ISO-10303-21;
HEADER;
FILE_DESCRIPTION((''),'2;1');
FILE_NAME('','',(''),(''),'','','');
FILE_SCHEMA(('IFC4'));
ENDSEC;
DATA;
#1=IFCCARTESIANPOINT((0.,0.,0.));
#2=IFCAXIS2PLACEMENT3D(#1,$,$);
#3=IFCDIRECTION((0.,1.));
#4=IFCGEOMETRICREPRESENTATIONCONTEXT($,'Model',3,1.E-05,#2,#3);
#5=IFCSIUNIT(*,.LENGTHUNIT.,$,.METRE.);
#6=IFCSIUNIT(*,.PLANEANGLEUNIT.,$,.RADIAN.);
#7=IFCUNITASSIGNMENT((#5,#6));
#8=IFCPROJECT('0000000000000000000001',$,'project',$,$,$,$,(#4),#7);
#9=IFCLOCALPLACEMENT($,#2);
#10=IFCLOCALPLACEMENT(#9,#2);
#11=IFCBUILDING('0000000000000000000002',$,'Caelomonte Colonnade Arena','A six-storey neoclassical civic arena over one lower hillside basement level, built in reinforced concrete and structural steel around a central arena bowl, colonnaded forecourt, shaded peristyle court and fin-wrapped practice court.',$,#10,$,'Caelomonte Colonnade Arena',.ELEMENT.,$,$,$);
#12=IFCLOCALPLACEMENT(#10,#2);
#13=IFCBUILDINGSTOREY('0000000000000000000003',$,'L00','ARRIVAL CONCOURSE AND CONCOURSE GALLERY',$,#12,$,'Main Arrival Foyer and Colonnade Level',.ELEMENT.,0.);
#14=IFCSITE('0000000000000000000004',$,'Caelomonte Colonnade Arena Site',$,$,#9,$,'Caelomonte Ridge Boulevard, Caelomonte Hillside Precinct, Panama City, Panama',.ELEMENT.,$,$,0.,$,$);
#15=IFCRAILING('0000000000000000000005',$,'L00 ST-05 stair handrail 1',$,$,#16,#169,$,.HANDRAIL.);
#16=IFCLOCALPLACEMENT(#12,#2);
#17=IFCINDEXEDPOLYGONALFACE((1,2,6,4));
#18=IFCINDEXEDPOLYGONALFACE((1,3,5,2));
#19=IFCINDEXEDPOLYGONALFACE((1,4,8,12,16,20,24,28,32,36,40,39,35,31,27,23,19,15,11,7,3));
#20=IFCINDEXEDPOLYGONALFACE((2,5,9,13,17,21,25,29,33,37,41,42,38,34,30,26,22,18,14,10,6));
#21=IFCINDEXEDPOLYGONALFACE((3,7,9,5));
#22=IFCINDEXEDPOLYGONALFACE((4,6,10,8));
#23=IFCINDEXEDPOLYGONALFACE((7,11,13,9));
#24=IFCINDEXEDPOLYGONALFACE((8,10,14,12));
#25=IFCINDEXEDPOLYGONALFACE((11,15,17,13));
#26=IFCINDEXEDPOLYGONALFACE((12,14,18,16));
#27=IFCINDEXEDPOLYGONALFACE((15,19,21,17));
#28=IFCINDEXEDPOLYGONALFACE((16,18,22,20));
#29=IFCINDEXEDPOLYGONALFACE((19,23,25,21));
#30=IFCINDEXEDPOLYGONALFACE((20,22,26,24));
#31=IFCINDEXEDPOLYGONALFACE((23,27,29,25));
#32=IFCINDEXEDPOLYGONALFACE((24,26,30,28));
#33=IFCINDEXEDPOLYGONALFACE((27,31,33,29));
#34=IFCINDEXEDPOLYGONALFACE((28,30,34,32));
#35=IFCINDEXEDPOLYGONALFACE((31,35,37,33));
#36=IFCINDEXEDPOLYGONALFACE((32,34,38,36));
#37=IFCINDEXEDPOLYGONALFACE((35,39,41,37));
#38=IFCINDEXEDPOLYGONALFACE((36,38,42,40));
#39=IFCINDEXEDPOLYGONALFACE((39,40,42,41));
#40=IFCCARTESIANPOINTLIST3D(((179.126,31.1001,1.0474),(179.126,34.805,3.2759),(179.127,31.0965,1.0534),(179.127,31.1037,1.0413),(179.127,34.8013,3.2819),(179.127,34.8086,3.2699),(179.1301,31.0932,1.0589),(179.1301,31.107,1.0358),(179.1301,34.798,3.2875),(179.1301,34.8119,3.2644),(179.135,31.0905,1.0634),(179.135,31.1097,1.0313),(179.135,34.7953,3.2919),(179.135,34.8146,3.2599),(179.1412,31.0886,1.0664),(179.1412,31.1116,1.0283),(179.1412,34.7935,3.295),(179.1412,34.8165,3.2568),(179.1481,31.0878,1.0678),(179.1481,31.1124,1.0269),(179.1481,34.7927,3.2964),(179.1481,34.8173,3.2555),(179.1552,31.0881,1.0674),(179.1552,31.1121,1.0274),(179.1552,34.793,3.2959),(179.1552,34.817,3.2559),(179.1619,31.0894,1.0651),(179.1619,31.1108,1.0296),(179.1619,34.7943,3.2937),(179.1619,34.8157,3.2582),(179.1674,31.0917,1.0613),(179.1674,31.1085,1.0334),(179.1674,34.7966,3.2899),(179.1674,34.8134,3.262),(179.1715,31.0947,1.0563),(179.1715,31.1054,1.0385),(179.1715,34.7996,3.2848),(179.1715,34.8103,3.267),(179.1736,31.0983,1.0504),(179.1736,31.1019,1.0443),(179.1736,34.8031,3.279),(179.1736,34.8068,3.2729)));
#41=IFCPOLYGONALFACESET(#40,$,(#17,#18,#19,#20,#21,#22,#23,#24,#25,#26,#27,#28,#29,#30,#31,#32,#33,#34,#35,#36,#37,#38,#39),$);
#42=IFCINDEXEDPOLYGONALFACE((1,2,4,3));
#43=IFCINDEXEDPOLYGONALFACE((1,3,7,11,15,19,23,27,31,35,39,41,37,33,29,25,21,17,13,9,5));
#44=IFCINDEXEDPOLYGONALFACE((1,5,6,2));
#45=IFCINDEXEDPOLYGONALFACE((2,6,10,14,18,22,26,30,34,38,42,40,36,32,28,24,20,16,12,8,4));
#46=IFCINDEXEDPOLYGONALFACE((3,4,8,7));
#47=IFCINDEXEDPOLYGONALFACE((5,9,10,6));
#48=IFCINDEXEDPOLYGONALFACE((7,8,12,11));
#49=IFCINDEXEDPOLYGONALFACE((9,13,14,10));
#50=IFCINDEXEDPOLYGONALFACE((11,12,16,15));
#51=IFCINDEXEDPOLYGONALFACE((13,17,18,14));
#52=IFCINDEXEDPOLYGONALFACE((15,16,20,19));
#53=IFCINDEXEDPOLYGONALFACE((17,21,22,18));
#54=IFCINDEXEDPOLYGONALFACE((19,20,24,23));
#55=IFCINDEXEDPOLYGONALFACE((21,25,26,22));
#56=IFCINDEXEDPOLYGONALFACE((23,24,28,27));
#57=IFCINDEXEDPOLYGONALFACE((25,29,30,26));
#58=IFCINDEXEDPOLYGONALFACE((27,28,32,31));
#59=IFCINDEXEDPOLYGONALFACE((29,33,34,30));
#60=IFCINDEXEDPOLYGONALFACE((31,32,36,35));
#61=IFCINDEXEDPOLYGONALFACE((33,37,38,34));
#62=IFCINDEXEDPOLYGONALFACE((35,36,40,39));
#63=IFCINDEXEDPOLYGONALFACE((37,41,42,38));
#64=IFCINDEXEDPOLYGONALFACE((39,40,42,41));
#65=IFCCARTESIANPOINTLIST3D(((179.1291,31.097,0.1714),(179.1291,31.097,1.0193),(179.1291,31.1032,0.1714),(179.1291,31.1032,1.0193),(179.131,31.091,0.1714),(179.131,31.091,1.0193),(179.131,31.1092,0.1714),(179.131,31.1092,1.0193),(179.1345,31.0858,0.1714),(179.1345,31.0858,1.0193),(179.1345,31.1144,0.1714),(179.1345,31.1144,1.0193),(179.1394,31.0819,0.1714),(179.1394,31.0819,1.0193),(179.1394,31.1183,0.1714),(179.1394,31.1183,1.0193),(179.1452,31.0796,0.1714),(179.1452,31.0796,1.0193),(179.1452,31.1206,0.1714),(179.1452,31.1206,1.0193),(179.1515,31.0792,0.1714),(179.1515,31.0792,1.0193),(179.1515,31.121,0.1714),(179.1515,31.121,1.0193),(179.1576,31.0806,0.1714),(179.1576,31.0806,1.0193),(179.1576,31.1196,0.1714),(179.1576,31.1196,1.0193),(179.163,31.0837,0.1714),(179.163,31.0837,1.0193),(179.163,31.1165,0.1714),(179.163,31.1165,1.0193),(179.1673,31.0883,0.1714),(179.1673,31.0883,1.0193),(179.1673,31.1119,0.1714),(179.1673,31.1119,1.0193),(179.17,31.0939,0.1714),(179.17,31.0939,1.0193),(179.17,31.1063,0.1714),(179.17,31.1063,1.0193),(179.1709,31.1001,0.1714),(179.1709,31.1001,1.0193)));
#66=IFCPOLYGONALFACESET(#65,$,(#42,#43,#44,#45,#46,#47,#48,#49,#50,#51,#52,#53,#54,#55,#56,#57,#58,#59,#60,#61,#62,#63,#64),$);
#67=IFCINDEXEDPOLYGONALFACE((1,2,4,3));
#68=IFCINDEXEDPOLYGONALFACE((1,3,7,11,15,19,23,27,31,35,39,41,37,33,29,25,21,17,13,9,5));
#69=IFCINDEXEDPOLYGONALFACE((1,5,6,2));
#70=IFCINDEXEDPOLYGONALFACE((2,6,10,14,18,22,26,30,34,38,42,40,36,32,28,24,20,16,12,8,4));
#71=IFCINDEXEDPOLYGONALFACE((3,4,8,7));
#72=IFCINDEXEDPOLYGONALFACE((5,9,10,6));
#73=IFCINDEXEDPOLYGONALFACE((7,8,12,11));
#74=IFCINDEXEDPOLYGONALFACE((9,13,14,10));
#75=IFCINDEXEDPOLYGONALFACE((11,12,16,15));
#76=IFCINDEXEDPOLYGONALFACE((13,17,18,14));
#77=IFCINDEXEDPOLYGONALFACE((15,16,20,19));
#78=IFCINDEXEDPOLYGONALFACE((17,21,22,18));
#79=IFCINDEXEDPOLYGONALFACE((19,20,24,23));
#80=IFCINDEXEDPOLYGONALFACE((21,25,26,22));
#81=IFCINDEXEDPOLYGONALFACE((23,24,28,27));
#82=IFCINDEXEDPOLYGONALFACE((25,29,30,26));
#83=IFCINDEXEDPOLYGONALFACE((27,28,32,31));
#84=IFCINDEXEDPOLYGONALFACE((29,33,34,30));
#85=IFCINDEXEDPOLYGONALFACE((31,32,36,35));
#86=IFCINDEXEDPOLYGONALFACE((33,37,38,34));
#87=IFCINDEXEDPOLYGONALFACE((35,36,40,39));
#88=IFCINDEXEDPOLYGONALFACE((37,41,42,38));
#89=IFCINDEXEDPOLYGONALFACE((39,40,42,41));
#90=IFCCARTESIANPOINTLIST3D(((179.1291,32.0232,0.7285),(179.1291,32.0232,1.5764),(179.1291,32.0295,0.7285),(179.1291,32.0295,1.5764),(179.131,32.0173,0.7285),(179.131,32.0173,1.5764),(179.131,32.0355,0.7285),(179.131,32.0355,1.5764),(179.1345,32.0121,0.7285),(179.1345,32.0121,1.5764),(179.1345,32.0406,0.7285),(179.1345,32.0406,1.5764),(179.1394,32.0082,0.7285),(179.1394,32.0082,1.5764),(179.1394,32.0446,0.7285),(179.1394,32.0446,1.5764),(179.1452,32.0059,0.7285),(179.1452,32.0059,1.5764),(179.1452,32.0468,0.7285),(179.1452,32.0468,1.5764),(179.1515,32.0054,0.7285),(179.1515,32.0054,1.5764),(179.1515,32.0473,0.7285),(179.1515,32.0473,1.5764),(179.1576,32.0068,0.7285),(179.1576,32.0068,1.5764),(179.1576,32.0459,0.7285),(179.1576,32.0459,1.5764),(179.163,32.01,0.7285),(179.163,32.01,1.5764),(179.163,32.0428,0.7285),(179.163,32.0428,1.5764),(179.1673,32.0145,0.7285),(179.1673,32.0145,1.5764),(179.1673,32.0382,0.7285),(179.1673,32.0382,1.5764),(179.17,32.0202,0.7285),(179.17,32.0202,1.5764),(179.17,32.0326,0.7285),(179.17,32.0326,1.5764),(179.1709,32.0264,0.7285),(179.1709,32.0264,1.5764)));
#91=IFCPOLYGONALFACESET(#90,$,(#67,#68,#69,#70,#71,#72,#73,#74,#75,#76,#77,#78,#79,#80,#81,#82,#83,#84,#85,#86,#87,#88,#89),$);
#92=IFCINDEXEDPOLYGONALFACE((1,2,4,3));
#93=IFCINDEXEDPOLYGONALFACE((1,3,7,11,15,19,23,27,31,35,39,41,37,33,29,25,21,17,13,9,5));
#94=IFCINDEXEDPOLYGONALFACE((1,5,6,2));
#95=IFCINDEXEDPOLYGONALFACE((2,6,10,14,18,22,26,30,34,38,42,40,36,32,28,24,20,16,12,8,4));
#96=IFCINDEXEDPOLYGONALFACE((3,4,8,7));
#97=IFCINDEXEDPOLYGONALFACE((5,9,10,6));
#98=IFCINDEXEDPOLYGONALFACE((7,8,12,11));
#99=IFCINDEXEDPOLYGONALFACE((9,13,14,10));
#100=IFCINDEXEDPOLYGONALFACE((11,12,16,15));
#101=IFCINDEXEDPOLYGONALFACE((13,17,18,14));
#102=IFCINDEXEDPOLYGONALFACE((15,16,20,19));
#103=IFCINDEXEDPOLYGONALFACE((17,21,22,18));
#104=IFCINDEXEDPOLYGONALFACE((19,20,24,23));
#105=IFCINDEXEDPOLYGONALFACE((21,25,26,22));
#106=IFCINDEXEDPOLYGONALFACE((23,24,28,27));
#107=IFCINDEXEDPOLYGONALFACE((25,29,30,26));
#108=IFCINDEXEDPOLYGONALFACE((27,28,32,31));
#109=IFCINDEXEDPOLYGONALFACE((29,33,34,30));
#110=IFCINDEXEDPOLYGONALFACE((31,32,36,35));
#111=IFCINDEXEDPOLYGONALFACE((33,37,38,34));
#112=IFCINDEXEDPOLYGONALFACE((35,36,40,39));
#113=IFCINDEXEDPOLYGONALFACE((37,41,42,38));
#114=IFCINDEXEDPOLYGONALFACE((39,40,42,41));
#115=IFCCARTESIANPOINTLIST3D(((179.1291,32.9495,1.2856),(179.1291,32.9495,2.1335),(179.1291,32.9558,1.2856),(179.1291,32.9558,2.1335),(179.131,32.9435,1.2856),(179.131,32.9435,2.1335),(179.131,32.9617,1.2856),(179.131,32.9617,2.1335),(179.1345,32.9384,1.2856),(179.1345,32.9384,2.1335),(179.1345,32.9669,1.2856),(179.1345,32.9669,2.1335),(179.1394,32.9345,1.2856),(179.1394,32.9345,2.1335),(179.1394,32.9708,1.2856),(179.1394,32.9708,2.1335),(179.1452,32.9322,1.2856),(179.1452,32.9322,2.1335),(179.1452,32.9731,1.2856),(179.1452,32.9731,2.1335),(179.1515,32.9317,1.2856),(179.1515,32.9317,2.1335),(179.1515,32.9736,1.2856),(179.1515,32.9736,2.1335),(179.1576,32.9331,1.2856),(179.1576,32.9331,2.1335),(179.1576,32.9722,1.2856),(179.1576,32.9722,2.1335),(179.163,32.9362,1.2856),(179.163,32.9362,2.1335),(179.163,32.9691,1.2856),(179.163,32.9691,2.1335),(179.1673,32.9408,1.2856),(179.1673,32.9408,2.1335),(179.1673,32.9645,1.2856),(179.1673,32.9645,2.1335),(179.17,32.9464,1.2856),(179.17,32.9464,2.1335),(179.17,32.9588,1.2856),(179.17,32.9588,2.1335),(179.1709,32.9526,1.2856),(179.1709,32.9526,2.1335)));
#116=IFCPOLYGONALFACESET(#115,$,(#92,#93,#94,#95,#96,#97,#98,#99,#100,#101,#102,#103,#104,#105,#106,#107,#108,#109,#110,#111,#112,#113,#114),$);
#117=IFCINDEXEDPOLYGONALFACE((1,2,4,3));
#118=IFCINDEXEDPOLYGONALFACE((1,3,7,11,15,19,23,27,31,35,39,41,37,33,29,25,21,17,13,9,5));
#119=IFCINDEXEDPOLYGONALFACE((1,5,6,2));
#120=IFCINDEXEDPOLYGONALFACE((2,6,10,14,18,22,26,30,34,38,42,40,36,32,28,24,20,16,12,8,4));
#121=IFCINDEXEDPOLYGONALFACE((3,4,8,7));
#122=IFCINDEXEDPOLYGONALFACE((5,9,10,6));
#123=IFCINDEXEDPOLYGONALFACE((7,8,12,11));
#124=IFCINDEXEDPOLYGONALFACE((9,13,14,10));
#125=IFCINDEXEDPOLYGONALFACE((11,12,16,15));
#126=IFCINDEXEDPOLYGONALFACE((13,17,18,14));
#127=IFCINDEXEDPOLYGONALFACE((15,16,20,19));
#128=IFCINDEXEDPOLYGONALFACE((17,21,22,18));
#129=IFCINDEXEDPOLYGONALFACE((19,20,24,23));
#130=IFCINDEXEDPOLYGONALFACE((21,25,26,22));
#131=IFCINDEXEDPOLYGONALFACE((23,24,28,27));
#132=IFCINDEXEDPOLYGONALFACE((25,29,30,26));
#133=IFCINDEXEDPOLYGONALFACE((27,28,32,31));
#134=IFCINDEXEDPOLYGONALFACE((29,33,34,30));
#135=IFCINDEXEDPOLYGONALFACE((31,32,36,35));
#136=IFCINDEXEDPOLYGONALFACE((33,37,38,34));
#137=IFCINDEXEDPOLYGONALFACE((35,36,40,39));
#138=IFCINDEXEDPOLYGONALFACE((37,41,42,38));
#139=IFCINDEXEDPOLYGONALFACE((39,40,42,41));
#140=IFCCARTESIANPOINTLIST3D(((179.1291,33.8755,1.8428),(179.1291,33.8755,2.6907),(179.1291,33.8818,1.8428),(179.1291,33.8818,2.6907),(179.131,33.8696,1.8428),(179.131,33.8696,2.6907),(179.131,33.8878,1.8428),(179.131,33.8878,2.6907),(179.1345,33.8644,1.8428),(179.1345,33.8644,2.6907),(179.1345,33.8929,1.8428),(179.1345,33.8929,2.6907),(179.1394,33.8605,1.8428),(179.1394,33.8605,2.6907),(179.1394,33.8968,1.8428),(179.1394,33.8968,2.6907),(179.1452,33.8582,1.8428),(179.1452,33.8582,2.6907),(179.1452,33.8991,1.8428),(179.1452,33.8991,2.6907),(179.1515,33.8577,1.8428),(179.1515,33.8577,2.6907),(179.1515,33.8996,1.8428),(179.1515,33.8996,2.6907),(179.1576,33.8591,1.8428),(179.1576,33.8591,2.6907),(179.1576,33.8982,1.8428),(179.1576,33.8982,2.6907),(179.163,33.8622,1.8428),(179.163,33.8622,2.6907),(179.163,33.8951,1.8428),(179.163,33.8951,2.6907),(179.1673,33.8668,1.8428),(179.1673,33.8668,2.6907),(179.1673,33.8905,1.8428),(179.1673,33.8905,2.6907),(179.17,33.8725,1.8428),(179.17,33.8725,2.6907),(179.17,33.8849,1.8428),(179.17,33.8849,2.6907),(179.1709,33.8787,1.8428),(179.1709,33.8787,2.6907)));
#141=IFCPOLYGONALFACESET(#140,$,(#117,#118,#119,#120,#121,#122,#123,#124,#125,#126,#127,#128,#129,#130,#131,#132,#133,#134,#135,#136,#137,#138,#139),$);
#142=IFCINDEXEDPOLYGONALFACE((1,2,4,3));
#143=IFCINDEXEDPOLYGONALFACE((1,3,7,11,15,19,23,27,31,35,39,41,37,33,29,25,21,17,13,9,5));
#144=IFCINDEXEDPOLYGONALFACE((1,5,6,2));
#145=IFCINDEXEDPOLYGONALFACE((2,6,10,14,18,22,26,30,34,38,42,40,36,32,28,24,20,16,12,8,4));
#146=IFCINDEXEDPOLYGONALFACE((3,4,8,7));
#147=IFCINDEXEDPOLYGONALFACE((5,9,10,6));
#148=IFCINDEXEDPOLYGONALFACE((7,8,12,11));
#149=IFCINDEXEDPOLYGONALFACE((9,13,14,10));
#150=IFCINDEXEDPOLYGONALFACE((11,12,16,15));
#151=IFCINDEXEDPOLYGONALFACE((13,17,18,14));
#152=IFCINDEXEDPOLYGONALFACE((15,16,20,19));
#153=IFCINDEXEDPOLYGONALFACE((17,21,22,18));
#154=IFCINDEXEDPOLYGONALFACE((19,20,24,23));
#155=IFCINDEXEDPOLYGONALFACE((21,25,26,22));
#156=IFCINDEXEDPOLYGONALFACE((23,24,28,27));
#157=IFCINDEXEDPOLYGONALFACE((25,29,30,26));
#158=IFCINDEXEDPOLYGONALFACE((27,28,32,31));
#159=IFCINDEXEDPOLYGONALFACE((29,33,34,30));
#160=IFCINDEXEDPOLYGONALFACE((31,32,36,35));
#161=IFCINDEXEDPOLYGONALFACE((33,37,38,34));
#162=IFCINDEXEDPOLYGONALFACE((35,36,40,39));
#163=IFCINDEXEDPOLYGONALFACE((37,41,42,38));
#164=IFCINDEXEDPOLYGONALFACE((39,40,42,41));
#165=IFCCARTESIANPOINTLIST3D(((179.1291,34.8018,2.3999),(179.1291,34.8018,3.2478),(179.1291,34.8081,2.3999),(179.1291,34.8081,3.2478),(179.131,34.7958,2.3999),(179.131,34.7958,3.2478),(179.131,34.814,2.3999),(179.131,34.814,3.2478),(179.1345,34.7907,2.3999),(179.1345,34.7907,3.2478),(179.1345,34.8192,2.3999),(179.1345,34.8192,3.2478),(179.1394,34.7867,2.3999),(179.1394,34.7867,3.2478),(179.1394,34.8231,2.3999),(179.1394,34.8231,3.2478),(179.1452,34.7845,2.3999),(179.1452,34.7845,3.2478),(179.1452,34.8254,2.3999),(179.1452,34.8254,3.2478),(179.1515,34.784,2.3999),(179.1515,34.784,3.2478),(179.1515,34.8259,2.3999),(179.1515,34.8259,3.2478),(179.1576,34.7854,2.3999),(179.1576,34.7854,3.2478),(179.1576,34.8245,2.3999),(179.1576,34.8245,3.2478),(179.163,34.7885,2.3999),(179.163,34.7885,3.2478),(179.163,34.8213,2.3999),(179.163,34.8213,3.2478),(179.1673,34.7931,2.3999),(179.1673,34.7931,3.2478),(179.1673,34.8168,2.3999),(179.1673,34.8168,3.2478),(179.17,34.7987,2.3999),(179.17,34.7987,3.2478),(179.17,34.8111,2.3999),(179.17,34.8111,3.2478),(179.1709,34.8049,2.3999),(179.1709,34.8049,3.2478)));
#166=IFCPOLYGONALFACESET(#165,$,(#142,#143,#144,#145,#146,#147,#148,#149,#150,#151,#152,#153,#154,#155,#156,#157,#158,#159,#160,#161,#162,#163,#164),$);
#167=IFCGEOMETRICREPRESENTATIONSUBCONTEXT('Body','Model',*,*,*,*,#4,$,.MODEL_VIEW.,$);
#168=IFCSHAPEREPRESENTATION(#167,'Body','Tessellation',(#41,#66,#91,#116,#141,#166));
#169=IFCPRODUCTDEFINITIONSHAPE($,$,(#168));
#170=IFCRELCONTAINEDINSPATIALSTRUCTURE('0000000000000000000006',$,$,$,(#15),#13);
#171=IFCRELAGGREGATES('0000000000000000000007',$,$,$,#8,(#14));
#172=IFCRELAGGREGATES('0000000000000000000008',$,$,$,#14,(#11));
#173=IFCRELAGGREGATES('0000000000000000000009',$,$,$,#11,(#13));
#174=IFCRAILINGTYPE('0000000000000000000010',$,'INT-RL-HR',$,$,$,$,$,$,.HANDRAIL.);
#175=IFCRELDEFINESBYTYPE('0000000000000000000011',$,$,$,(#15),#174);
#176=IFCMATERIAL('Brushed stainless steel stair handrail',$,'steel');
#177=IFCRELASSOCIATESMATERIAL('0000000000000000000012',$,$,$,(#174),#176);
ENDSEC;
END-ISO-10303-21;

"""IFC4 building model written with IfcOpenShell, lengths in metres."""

from ifc_helpers import new_model, si_unit, direction, frame, origin, origin_2d, place, context, subcontext, project, spatial, circle, extrude, material, type_object, element, save


model = new_model("IFC4")

# Units and contexts
model_context = context("Model", 3, precision=1e-05, world=origin(), true_north=direction((0.0, 1.0)))
body_context = subcontext(model_context, "Body", "Model", "MODEL_VIEW")
ifc_project = project(units=[si_unit("LENGTHUNIT", "METRE"), si_unit("PLANEANGLEUNIT", "RADIAN")], contexts=[model_context])

# Site, building, storey
site_placement = place(None, origin())
site = spatial("IfcSite", under=ifc_project, at=site_placement, Name="Caelomonte Colonnade Arena Site", LongName="Caelomonte Ridge Boulevard, Caelomonte Hillside Precinct, Panama City, Panama", CompositionType="ELEMENT", RefElevation=0.0)
building_placement = place(site_placement, origin())
building = spatial("IfcBuilding", under=site, at=building_placement, Name="Caelomonte Colonnade Arena", Description="A six-storey neoclassical civic arena over one lower hillside basement level, built in reinforced concrete and structural steel around a central arena bowl, colonnaded forecourt, shaded peristyle court and fin-wrapped practice court.", LongName="Caelomonte Colonnade Arena", CompositionType="ELEMENT")
storey_placement = place(building_placement, origin())
storey = spatial("IfcBuildingStorey", under=building, at=storey_placement, Name="L00", Description="ARRIVAL CONCOURSE AND CONCOURSE GALLERY", LongName="Main Arrival Foyer and Colonnade Level", CompositionType="ELEMENT", Elevation=0.0)

# Railing
ifc_material_1 = material(Name="Brushed stainless steel stair handrail", Category="steel")
railing_type_1 = type_object("IfcRailingType", Name="INT-RL-HR", PredefinedType="HANDRAIL", material=ifc_material_1)
railing_1_placement = place(storey_placement, frame((179.1499, 31.1001, 0.1714)))
element("IfcRailing", 1, at=railing_1_placement, inside=storey, type_object=railing_type_1, Name="L00 ST-05 stair handrail 1", PredefinedType="HANDRAIL", context=body_context, shape_type="SweptSolid", body=[
    extrude(circle(Radius=0.0239, at=origin_2d()), frame((0.0, 0.0, 0.876), z_axis=(0.0, 0.856919, 0.51545), x_axis=(-1.0, 0.0, 0.0)), (0.0, 0.0, 1.0), 4.3235),
    extrude(circle(Radius=0.021, at=origin_2d()), origin(), (0.0, 0.0, 1.0), 0.8479),
    extrude(circle(Radius=0.021, at=origin_2d()), frame((0.0, 0.9263, 0.5571)), (0.0, 0.0, 1.0), 0.8479),
    extrude(circle(Radius=0.021, at=origin_2d()), frame((0.0, 1.8525, 1.1143)), (0.0, 0.0, 1.0), 0.8479),
    extrude(circle(Radius=0.021, at=origin_2d()), frame((0.0, 2.7786, 1.6714)), (0.0, 0.0, 1.0), 0.8479),
    extrude(circle(Radius=0.021, at=origin_2d()), frame((0.0, 3.7048, 2.2285)), (0.0, 0.0, 1.0), 0.8479),
])

save(model, "model.ifc")
